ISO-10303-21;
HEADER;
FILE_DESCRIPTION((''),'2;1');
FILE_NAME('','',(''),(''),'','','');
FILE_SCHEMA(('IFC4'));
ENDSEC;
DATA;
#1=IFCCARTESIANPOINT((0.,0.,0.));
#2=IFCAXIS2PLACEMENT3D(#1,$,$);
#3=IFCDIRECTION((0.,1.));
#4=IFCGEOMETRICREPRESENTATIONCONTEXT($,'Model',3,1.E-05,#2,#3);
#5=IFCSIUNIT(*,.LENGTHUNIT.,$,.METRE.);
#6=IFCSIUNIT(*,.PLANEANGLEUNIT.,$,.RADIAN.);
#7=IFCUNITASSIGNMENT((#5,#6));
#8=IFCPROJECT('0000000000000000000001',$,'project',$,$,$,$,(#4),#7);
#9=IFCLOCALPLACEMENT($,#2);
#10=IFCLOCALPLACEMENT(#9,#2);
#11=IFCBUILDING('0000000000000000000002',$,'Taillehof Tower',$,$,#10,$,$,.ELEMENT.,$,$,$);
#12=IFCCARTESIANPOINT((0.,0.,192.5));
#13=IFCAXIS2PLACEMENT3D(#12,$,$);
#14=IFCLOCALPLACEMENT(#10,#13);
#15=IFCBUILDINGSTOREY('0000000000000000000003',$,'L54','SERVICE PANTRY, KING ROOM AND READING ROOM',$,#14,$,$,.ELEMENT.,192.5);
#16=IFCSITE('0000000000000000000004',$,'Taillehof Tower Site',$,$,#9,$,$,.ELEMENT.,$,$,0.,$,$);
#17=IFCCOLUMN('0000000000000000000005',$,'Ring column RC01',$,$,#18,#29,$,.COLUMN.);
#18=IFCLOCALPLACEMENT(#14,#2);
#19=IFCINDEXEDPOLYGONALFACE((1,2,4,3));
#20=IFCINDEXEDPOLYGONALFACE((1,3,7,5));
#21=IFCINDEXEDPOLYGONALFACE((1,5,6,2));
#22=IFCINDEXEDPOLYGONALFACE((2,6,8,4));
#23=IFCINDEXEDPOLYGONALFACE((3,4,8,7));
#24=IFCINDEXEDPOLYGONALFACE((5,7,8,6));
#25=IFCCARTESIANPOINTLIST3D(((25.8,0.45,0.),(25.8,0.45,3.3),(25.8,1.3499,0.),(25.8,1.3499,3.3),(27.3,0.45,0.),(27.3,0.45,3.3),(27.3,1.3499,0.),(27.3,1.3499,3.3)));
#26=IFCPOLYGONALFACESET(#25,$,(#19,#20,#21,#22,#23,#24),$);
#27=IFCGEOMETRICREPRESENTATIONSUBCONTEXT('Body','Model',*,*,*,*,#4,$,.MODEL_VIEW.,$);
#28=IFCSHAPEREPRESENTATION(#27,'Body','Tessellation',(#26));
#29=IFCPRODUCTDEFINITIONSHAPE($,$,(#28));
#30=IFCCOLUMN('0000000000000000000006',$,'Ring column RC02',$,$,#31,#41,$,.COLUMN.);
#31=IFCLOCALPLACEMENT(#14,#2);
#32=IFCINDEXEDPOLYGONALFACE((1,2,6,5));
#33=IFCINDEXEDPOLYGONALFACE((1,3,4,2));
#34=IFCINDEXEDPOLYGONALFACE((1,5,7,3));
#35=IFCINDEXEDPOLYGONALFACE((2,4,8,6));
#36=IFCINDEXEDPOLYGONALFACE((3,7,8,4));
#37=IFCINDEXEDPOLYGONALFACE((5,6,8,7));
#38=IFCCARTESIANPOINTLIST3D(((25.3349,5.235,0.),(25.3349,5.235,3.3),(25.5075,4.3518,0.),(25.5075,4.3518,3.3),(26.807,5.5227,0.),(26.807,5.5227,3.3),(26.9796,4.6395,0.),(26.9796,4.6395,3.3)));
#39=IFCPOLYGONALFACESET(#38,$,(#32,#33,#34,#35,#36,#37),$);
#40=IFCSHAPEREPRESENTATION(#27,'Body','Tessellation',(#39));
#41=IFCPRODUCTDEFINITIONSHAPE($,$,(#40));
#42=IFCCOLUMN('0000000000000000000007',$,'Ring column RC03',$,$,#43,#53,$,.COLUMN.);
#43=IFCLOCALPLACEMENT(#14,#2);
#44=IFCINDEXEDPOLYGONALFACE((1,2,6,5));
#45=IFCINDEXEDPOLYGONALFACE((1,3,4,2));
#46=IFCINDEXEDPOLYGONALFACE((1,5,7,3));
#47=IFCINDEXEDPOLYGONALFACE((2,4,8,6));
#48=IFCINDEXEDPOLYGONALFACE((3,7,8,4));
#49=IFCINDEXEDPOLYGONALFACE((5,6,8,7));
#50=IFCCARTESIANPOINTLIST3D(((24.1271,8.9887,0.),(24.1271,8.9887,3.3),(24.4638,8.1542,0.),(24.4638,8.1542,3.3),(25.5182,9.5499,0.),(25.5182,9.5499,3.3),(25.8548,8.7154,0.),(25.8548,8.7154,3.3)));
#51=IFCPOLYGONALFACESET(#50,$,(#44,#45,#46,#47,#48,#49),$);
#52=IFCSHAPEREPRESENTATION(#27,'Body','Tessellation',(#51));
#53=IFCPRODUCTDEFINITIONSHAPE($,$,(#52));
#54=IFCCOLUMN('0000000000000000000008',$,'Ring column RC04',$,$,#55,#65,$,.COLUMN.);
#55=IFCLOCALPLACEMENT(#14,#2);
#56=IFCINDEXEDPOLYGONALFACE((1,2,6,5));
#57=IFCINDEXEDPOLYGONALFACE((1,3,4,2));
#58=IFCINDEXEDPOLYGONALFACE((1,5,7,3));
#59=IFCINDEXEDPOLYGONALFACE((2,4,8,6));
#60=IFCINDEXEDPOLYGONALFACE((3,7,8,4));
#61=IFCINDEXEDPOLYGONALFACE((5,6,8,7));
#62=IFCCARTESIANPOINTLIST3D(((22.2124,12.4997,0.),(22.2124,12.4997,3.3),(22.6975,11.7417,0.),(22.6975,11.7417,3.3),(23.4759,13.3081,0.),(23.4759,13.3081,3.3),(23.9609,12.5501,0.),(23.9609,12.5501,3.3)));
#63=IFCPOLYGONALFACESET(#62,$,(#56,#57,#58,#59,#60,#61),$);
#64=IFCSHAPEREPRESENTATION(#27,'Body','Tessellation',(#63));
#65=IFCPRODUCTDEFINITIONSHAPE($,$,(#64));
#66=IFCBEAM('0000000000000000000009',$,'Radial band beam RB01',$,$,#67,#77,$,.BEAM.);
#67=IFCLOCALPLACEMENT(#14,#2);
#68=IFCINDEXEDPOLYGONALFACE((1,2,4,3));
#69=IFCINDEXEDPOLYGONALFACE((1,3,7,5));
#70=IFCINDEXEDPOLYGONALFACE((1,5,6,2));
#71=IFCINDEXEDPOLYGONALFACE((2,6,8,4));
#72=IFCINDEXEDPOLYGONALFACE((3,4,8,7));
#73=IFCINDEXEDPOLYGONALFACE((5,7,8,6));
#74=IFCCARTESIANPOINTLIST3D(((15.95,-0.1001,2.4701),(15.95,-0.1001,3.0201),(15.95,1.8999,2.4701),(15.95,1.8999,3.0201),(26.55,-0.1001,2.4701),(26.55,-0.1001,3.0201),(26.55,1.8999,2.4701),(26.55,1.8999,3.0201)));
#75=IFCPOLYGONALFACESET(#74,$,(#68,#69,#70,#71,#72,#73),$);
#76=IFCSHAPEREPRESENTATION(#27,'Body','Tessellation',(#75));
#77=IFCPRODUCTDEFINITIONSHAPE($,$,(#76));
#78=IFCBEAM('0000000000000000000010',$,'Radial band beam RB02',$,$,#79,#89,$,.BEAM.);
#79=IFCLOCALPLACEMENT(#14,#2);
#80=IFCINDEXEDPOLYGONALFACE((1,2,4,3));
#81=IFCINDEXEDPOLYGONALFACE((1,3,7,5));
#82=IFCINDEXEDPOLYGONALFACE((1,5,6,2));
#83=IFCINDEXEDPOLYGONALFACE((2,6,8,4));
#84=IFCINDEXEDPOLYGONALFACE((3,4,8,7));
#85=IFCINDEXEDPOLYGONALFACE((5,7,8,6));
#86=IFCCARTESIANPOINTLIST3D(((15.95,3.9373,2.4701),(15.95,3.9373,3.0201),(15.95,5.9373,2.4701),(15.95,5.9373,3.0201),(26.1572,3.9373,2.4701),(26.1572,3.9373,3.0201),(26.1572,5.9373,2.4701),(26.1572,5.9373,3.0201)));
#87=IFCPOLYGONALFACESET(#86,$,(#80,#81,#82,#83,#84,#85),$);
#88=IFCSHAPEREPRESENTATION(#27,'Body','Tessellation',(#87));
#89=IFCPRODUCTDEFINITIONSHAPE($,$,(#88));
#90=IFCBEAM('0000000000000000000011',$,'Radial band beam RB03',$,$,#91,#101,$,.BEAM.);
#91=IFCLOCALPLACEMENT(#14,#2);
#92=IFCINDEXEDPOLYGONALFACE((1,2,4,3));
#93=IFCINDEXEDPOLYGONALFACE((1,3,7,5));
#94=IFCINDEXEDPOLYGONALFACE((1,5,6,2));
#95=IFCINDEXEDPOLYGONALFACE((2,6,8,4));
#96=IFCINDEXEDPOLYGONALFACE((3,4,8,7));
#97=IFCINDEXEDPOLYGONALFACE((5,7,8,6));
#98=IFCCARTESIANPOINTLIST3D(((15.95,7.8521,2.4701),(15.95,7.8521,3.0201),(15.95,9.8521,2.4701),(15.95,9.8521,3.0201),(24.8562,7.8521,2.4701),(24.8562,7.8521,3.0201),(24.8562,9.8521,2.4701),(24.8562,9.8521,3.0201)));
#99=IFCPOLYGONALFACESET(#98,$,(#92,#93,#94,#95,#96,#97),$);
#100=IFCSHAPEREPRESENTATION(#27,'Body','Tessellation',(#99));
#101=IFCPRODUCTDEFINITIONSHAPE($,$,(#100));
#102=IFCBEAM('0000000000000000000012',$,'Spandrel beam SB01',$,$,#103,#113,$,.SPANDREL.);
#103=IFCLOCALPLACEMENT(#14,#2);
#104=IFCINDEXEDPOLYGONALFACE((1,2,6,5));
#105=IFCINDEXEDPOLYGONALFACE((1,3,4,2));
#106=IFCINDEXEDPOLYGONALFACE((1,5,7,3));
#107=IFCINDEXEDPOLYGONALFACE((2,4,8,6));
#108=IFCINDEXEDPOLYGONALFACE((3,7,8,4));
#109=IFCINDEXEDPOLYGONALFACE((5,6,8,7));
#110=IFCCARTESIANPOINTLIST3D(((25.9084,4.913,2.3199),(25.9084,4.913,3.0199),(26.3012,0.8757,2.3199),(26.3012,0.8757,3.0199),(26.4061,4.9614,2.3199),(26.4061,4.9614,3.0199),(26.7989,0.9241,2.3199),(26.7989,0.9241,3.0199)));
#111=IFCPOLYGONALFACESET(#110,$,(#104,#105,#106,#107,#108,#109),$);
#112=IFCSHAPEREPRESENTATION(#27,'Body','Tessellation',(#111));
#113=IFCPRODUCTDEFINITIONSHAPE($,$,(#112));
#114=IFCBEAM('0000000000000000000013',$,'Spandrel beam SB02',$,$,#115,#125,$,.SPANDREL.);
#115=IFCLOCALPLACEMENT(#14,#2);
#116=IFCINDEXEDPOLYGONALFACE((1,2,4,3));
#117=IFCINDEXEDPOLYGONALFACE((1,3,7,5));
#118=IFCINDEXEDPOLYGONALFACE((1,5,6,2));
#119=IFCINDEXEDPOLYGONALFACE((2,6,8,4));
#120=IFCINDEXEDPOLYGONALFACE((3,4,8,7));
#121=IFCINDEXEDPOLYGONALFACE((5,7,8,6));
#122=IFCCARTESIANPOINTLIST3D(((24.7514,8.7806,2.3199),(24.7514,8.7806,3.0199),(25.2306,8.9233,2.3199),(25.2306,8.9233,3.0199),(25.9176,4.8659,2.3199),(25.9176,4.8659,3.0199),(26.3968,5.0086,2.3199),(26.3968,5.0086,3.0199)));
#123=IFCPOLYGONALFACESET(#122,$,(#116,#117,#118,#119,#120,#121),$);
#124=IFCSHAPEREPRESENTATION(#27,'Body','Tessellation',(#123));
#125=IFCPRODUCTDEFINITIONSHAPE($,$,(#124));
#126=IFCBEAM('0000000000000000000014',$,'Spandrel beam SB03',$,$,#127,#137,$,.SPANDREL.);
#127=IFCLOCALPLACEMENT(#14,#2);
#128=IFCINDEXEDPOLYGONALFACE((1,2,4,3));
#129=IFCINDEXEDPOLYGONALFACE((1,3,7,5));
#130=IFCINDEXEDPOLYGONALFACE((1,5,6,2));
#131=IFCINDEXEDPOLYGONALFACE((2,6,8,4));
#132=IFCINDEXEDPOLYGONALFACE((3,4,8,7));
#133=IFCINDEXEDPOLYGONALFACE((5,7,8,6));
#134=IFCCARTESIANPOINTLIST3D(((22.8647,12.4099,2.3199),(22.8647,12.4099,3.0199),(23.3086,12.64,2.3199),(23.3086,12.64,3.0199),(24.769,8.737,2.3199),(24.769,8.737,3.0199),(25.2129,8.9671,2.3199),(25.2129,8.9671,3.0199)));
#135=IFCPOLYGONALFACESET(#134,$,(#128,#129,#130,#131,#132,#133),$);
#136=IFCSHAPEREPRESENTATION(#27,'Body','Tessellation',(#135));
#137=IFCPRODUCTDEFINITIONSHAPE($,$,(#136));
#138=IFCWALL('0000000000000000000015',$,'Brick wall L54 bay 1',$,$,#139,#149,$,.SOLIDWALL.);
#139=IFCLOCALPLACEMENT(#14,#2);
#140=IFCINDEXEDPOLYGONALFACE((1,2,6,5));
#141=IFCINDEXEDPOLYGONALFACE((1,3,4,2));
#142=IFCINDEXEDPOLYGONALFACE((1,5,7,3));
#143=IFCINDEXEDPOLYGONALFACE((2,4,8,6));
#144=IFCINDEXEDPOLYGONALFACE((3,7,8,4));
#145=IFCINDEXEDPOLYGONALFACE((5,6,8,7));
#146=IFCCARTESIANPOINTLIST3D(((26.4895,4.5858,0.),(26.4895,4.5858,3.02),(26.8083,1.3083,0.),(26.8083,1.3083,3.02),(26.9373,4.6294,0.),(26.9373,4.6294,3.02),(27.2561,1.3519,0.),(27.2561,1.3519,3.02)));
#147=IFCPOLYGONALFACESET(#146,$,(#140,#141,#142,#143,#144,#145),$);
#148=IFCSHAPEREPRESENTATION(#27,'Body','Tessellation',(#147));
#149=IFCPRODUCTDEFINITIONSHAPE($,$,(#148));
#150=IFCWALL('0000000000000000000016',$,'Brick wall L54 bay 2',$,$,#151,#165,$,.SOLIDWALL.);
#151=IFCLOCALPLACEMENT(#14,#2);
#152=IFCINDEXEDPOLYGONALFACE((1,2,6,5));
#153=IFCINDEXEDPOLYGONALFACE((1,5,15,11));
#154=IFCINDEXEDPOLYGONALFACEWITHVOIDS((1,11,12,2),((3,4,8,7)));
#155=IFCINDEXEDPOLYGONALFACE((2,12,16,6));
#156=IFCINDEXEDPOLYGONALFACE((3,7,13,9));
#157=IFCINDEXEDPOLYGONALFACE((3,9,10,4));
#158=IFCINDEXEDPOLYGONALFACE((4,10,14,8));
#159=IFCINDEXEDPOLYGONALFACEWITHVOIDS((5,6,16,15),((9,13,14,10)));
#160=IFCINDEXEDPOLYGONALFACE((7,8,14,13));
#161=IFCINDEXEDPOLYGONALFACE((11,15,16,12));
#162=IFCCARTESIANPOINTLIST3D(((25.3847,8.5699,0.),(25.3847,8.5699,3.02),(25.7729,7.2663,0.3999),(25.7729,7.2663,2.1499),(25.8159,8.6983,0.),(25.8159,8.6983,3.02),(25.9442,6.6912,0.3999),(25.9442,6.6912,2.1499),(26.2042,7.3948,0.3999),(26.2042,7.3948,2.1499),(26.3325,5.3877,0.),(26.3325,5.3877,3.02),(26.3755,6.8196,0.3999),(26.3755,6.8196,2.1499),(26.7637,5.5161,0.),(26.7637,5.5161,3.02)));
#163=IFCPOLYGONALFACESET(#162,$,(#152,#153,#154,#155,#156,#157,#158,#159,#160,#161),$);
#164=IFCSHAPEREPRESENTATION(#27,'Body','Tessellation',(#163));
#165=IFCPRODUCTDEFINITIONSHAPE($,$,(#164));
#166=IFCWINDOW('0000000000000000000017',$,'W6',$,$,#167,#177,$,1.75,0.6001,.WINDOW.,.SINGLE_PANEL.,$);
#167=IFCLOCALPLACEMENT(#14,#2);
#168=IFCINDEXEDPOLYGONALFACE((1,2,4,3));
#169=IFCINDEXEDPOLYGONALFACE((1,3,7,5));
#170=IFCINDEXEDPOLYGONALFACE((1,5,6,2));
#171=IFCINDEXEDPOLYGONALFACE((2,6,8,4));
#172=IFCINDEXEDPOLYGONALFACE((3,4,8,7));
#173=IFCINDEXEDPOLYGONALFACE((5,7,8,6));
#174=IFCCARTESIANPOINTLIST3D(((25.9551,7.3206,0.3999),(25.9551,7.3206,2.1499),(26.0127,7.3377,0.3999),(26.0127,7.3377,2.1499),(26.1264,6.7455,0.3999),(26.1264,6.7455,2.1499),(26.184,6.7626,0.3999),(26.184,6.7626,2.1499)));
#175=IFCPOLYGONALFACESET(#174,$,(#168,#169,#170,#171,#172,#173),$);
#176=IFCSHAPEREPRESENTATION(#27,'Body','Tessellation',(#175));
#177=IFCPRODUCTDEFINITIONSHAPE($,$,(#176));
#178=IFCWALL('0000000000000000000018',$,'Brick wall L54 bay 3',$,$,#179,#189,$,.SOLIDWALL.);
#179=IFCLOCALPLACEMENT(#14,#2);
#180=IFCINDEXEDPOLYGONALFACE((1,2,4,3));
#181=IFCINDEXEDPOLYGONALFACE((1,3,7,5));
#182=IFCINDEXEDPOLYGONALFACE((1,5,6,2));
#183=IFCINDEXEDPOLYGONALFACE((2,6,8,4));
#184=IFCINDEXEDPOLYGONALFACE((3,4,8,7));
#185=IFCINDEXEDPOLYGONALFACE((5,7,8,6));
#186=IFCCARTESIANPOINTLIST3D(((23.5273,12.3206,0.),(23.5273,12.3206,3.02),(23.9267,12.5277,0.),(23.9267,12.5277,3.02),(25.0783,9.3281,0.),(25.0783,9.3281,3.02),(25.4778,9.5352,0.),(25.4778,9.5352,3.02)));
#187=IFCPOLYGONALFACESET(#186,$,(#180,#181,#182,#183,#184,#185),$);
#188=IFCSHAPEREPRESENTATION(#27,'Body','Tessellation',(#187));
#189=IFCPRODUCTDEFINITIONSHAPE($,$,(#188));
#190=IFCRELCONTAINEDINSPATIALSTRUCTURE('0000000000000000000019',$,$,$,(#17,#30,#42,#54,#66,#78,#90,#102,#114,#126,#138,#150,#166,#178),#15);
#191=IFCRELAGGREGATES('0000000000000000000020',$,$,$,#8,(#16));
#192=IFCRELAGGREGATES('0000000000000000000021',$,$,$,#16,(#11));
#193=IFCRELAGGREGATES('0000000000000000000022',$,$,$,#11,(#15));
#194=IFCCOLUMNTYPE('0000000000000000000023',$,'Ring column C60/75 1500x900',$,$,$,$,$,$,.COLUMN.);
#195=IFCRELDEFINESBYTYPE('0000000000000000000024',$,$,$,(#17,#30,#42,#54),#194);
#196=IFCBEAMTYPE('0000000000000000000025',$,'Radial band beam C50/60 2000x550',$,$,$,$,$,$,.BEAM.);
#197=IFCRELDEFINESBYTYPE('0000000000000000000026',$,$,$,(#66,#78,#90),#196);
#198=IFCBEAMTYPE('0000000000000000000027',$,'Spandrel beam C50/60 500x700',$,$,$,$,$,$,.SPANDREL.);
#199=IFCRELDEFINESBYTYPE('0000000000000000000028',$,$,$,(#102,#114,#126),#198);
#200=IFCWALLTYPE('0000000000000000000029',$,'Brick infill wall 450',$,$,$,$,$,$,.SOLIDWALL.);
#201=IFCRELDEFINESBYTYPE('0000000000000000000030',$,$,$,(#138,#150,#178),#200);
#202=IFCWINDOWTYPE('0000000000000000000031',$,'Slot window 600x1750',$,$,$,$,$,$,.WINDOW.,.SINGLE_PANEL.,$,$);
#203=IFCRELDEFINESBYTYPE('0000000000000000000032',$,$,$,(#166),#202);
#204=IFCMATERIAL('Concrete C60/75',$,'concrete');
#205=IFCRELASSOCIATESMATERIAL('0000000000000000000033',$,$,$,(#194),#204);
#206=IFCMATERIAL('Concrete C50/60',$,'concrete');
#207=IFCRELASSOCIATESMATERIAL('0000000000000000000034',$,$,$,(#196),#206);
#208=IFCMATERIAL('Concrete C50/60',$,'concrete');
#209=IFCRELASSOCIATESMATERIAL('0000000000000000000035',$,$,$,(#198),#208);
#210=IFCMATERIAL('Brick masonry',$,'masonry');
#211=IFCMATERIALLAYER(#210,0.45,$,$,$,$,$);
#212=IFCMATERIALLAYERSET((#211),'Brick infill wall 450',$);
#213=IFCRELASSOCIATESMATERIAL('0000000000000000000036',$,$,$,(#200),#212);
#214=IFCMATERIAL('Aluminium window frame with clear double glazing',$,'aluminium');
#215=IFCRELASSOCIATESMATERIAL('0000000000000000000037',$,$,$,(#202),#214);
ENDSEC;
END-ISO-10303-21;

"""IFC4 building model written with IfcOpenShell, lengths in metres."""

from ifc_helpers import new_model, si_unit, direction, frame, frame_2d, origin, origin_2d, place, context, subcontext, project, spatial, rectangle, extrude, material, layer, layer_set, material_profile, profile_set, type_object, element, fill, save


model = new_model("IFC4")

# Units and contexts
model_context = context("Model", 3, precision=1e-05, world=origin(), true_north=direction((0.0, 1.0)))
body_context = subcontext(model_context, "Body", "Model", "MODEL_VIEW")
ifc_project = project(units=[si_unit("LENGTHUNIT", "METRE"), si_unit("PLANEANGLEUNIT", "RADIAN")], contexts=[model_context])

# Site, building, storey
site_placement = place(None, origin())
site = spatial("IfcSite", under=ifc_project, at=site_placement, Name="Taillehof Tower Site", CompositionType="ELEMENT", RefElevation=0.0)
building_placement = place(site_placement, origin())
building = spatial("IfcBuilding", under=site, at=building_placement, Name="Taillehof Tower", CompositionType="ELEMENT")
storey_placement = place(building_placement, frame((0.0, 0.0, 192.5)))
storey = spatial("IfcBuildingStorey", under=building, at=storey_placement, Name="L54", Description="SERVICE PANTRY, KING ROOM AND READING ROOM", CompositionType="ELEMENT", Elevation=192.5)

# Columns
ifc_material_1 = material(Name="Concrete C60/75", Category="concrete")
ifc_material_profile_1 = material_profile(ifc_material_1, rectangle(XDim=1.5, YDim=0.8999, at=origin_2d()), Name="RC 1500x900")
ifc_profile_set_1 = profile_set([ifc_material_profile_1], Name="Concrete C60/75")
column_type = type_object("IfcColumnType", Name="Ring column C60/75 1500x900", PredefinedType="COLUMN", material=ifc_profile_set_1)
for number, where, z_axis, x_axis, name in (
    (1, (26.55, 0.8999, 0.0), (0.0, 0.0, 1.0), (1.0, 0.0, 0.0), "Ring column RC01"),
    (2, (26.1572, 4.9373, 0.0), (0.0, 0.0, 1.0), (0.981434, 0.191801, 0.0), "Ring column RC02"),
    (3, (24.991, 8.8521, 0.0), (0.0, 0.0, 1.0), (0.927385, 0.374108, 0.0), "Ring column RC03"),
    (4, (23.0867, 12.5249, 0.0), (0.0, 0.0, 1.0), (0.842311, 0.538992, 0.0), "Ring column RC04"),
):
    element("IfcColumn", number, at=place(storey_placement, frame(where, z_axis=z_axis, x_axis=x_axis)), inside=storey, type_object=column_type, Name=name, PredefinedType="COLUMN", context=body_context, shape_type="SweptSolid", body=[
        extrude(rectangle(XDim=1.5, YDim=0.8999, at=origin_2d()), origin(), (0.0, 0.0, 1.0), 3.3),
    ])

# Beams
ifc_material_2 = material(Name="Concrete C50/60", Category="concrete")
ifc_material_profile_2 = material_profile(ifc_material_2, rectangle(XDim=2.0, YDim=0.55, at=origin_2d()), Name="RC 2000x550")
ifc_profile_set_2 = profile_set([ifc_material_profile_2], Name="Concrete C50/60")
beam_type_1 = type_object("IfcBeamType", Name="Radial band beam C50/60 2000x550", PredefinedType="BEAM", material=ifc_profile_set_2)
beam_1_placement = place(storey_placement, frame((26.55, 0.8999, 2.7451), z_axis=(-1.0, 0.0, 0.0), x_axis=(0.0, -1.0, 0.0)))
element("IfcBeam", 5, at=beam_1_placement, inside=storey, type_object=beam_type_1, Name="Radial band beam RB01", PredefinedType="BEAM", context=body_context, shape_type="SweptSolid", body=[
    extrude(rectangle(XDim=2.0, YDim=0.55, at=origin_2d()), origin(), (0.0, 0.0, 1.0), 10.6001),
])
beam_2_placement = place(storey_placement, frame((26.1572, 4.9373, 2.7451), z_axis=(-1.0, 0.0, 0.0), x_axis=(0.0, -1.0, 0.0)))
element("IfcBeam", 6, at=beam_2_placement, inside=storey, type_object=beam_type_1, Name="Radial band beam RB02", PredefinedType="BEAM", context=body_context, shape_type="SweptSolid", body=[
    extrude(rectangle(XDim=2.0, YDim=0.55, at=origin_2d()), origin(), (0.0, 0.0, 1.0), 10.2073),
])
beam_3_placement = place(storey_placement, frame((24.8562, 8.8521, 2.7451), z_axis=(-1.0, 0.0, 0.0), x_axis=(0.0, -1.0, 0.0)))
element("IfcBeam", 7, at=beam_3_placement, inside=storey, type_object=beam_type_1, Name="Radial band beam RB03", PredefinedType="BEAM", context=body_context, shape_type="SweptSolid", body=[
    extrude(rectangle(XDim=2.0, YDim=0.55, at=origin_2d()), origin(), (0.0, 0.0, 1.0), 8.9062),
])
ifc_material_3 = material(Name="Concrete C50/60", Category="concrete")
ifc_material_profile_3 = material_profile(ifc_material_3, rectangle(XDim=0.5, YDim=0.7, at=origin_2d()), Name="RC 500x700")
ifc_profile_set_3 = profile_set([ifc_material_profile_3], Name="Concrete C50/60")
beam_type_2 = type_object("IfcBeamType", Name="Spandrel beam C50/60 500x700", PredefinedType="SPANDREL", material=ifc_profile_set_3)
beam_4_placement = place(storey_placement, frame((26.55, 0.8999, 2.6699), z_axis=(-0.09684, 0.9953, 0.0), x_axis=(-0.9953, -0.09684, 0.0)))
element("IfcBeam", 8, at=beam_4_placement, inside=storey, type_object=beam_type_2, Name="Spandrel beam SB01", PredefinedType="SPANDREL", context=body_context, shape_type="SweptSolid", body=[
    extrude(rectangle(XDim=0.5, YDim=0.7, at=origin_2d()), origin(), (0.0, 0.0, 1.0), 4.0564),
])
beam_5_placement = place(storey_placement, frame((26.1572, 4.9373, 2.6699), z_axis=(-0.28551, 0.958376, 0.0), x_axis=(-0.958376, -0.28551, 0.0)))
element("IfcBeam", 9, at=beam_5_placement, inside=storey, type_object=beam_type_2, Name="Spandrel beam SB02", PredefinedType="SPANDREL", context=body_context, shape_type="SweptSolid", body=[
    extrude(rectangle(XDim=0.5, YDim=0.7, at=origin_2d()), origin(), (0.0, 0.0, 1.0), 4.0847),
])
beam_6_placement = place(storey_placement, frame((24.991, 8.8521, 2.6699), z_axis=(-0.46029, 0.887769, 0.0), x_axis=(-0.887769, -0.46029, 0.0)))
element("IfcBeam", 10, at=beam_6_placement, inside=storey, type_object=beam_type_2, Name="Spandrel beam SB03", PredefinedType="SPANDREL", context=body_context, shape_type="SweptSolid", body=[
    extrude(rectangle(XDim=0.5, YDim=0.7, at=origin_2d()), origin(), (0.0, 0.0, 1.0), 4.1372),
])

# Wall
ifc_material_4 = material(Name="Brick masonry", Category="masonry")
ifc_layer_1 = layer(ifc_material_4, 0.45)
ifc_layer_set_1 = layer_set([ifc_layer_1], Name="Brick infill wall 450")
wall_type_1 = type_object("IfcWallType", Name="Brick infill wall 450", PredefinedType="SOLIDWALL", material=ifc_layer_set_1)
wall_1_placement = place(storey_placement, frame((27.0322, 1.3301, 0.0), z_axis=(0.0, 0.0, 1.0), x_axis=(-0.096824, 0.995302, 0.0)))
element("IfcWall", 11, at=wall_1_placement, inside=storey, type_object=wall_type_1, Name="Brick wall L54 bay 1", PredefinedType="SOLIDWALL", context=body_context, shape_type="SweptSolid", body=[
    extrude(rectangle(XDim=3.293, YDim=0.45, at=frame_2d((1.6465, 0.0))), origin(), (0.0, 0.0, 1.0), 3.02),
])

# Wall, opening, window
wall_2_placement = place(storey_placement, frame((26.5481, 5.4519, 0.0), z_axis=(0.0, 0.0, 1.0), x_axis=(-0.285445, 0.958395, 0.0)))
wall_2 = element("IfcWall", 12, at=wall_2_placement, inside=storey, type_object=wall_type_1, Name="Brick wall L54 bay 2", PredefinedType="SOLIDWALL", context=body_context, shape_type="SweptSolid", body=[
    extrude(rectangle(XDim=3.3203, YDim=0.45, at=frame_2d((1.6602, 0.0))), origin(), (0.0, 0.0, 1.0), 3.02),
])
opening_1_placement = place(wall_2_placement, frame((1.3601, 0.0, 0.3999)))
opening_1 = element("IfcOpeningElement", 13, at=opening_1_placement, cuts=wall_2, PredefinedType="OPENING", context=body_context, shape_type="SweptSolid", body=[
    extrude(rectangle(XDim=0.6001, YDim=1.75, at=frame_2d((0.3, 0.875))), frame((0.0, 0.2349, 0.0), z_axis=(0.0, -1.0, 0.0), x_axis=(1.0, 0.0, 0.0)), (0.0, 0.0, 1.0), 0.47),
])
ifc_material_5 = material(Name="Aluminium window frame with clear double glazing", Category="aluminium")
window_type = type_object("IfcWindowType", Name="Slot window 600x1750", PartitioningType="SINGLE_PANEL", PredefinedType="WINDOW", material=ifc_material_5)
window_placement = place(opening_1_placement, origin())
window = element("IfcWindow", 14, at=window_placement, inside=storey, type_object=window_type, Name="W6", OverallHeight=1.75, OverallWidth=0.6001, PartitioningType="SINGLE_PANEL", PredefinedType="WINDOW", context=body_context, shape_type="SweptSolid", body=[
    extrude(rectangle(XDim=0.6001, YDim=1.75, at=frame_2d((0.3, 0.875))), frame((0.0, 0.0349, 0.0), z_axis=(0.0, -1.0, 0.0), x_axis=(1.0, 0.0, 0.0)), (0.0, 0.0, 1.0), 0.0601),
])
fill(opening_1, window)

# Wall
wall_3_placement = place(storey_placement, frame((25.2781, 9.4316, 0.0), z_axis=(0.0, 0.0, 1.0), x_axis=(-0.460176, 0.887828, 0.0)))
element("IfcWall", 15, at=wall_3_placement, inside=storey, type_object=wall_type_1, Name="Brick wall L54 bay 3", PredefinedType="SOLIDWALL", context=body_context, shape_type="SweptSolid", body=[
    extrude(rectangle(XDim=3.3706, YDim=0.45, at=frame_2d((1.6853, 0.0))), origin(), (0.0, 0.0, 1.0), 3.02),
])

save(model, "model.ifc")
